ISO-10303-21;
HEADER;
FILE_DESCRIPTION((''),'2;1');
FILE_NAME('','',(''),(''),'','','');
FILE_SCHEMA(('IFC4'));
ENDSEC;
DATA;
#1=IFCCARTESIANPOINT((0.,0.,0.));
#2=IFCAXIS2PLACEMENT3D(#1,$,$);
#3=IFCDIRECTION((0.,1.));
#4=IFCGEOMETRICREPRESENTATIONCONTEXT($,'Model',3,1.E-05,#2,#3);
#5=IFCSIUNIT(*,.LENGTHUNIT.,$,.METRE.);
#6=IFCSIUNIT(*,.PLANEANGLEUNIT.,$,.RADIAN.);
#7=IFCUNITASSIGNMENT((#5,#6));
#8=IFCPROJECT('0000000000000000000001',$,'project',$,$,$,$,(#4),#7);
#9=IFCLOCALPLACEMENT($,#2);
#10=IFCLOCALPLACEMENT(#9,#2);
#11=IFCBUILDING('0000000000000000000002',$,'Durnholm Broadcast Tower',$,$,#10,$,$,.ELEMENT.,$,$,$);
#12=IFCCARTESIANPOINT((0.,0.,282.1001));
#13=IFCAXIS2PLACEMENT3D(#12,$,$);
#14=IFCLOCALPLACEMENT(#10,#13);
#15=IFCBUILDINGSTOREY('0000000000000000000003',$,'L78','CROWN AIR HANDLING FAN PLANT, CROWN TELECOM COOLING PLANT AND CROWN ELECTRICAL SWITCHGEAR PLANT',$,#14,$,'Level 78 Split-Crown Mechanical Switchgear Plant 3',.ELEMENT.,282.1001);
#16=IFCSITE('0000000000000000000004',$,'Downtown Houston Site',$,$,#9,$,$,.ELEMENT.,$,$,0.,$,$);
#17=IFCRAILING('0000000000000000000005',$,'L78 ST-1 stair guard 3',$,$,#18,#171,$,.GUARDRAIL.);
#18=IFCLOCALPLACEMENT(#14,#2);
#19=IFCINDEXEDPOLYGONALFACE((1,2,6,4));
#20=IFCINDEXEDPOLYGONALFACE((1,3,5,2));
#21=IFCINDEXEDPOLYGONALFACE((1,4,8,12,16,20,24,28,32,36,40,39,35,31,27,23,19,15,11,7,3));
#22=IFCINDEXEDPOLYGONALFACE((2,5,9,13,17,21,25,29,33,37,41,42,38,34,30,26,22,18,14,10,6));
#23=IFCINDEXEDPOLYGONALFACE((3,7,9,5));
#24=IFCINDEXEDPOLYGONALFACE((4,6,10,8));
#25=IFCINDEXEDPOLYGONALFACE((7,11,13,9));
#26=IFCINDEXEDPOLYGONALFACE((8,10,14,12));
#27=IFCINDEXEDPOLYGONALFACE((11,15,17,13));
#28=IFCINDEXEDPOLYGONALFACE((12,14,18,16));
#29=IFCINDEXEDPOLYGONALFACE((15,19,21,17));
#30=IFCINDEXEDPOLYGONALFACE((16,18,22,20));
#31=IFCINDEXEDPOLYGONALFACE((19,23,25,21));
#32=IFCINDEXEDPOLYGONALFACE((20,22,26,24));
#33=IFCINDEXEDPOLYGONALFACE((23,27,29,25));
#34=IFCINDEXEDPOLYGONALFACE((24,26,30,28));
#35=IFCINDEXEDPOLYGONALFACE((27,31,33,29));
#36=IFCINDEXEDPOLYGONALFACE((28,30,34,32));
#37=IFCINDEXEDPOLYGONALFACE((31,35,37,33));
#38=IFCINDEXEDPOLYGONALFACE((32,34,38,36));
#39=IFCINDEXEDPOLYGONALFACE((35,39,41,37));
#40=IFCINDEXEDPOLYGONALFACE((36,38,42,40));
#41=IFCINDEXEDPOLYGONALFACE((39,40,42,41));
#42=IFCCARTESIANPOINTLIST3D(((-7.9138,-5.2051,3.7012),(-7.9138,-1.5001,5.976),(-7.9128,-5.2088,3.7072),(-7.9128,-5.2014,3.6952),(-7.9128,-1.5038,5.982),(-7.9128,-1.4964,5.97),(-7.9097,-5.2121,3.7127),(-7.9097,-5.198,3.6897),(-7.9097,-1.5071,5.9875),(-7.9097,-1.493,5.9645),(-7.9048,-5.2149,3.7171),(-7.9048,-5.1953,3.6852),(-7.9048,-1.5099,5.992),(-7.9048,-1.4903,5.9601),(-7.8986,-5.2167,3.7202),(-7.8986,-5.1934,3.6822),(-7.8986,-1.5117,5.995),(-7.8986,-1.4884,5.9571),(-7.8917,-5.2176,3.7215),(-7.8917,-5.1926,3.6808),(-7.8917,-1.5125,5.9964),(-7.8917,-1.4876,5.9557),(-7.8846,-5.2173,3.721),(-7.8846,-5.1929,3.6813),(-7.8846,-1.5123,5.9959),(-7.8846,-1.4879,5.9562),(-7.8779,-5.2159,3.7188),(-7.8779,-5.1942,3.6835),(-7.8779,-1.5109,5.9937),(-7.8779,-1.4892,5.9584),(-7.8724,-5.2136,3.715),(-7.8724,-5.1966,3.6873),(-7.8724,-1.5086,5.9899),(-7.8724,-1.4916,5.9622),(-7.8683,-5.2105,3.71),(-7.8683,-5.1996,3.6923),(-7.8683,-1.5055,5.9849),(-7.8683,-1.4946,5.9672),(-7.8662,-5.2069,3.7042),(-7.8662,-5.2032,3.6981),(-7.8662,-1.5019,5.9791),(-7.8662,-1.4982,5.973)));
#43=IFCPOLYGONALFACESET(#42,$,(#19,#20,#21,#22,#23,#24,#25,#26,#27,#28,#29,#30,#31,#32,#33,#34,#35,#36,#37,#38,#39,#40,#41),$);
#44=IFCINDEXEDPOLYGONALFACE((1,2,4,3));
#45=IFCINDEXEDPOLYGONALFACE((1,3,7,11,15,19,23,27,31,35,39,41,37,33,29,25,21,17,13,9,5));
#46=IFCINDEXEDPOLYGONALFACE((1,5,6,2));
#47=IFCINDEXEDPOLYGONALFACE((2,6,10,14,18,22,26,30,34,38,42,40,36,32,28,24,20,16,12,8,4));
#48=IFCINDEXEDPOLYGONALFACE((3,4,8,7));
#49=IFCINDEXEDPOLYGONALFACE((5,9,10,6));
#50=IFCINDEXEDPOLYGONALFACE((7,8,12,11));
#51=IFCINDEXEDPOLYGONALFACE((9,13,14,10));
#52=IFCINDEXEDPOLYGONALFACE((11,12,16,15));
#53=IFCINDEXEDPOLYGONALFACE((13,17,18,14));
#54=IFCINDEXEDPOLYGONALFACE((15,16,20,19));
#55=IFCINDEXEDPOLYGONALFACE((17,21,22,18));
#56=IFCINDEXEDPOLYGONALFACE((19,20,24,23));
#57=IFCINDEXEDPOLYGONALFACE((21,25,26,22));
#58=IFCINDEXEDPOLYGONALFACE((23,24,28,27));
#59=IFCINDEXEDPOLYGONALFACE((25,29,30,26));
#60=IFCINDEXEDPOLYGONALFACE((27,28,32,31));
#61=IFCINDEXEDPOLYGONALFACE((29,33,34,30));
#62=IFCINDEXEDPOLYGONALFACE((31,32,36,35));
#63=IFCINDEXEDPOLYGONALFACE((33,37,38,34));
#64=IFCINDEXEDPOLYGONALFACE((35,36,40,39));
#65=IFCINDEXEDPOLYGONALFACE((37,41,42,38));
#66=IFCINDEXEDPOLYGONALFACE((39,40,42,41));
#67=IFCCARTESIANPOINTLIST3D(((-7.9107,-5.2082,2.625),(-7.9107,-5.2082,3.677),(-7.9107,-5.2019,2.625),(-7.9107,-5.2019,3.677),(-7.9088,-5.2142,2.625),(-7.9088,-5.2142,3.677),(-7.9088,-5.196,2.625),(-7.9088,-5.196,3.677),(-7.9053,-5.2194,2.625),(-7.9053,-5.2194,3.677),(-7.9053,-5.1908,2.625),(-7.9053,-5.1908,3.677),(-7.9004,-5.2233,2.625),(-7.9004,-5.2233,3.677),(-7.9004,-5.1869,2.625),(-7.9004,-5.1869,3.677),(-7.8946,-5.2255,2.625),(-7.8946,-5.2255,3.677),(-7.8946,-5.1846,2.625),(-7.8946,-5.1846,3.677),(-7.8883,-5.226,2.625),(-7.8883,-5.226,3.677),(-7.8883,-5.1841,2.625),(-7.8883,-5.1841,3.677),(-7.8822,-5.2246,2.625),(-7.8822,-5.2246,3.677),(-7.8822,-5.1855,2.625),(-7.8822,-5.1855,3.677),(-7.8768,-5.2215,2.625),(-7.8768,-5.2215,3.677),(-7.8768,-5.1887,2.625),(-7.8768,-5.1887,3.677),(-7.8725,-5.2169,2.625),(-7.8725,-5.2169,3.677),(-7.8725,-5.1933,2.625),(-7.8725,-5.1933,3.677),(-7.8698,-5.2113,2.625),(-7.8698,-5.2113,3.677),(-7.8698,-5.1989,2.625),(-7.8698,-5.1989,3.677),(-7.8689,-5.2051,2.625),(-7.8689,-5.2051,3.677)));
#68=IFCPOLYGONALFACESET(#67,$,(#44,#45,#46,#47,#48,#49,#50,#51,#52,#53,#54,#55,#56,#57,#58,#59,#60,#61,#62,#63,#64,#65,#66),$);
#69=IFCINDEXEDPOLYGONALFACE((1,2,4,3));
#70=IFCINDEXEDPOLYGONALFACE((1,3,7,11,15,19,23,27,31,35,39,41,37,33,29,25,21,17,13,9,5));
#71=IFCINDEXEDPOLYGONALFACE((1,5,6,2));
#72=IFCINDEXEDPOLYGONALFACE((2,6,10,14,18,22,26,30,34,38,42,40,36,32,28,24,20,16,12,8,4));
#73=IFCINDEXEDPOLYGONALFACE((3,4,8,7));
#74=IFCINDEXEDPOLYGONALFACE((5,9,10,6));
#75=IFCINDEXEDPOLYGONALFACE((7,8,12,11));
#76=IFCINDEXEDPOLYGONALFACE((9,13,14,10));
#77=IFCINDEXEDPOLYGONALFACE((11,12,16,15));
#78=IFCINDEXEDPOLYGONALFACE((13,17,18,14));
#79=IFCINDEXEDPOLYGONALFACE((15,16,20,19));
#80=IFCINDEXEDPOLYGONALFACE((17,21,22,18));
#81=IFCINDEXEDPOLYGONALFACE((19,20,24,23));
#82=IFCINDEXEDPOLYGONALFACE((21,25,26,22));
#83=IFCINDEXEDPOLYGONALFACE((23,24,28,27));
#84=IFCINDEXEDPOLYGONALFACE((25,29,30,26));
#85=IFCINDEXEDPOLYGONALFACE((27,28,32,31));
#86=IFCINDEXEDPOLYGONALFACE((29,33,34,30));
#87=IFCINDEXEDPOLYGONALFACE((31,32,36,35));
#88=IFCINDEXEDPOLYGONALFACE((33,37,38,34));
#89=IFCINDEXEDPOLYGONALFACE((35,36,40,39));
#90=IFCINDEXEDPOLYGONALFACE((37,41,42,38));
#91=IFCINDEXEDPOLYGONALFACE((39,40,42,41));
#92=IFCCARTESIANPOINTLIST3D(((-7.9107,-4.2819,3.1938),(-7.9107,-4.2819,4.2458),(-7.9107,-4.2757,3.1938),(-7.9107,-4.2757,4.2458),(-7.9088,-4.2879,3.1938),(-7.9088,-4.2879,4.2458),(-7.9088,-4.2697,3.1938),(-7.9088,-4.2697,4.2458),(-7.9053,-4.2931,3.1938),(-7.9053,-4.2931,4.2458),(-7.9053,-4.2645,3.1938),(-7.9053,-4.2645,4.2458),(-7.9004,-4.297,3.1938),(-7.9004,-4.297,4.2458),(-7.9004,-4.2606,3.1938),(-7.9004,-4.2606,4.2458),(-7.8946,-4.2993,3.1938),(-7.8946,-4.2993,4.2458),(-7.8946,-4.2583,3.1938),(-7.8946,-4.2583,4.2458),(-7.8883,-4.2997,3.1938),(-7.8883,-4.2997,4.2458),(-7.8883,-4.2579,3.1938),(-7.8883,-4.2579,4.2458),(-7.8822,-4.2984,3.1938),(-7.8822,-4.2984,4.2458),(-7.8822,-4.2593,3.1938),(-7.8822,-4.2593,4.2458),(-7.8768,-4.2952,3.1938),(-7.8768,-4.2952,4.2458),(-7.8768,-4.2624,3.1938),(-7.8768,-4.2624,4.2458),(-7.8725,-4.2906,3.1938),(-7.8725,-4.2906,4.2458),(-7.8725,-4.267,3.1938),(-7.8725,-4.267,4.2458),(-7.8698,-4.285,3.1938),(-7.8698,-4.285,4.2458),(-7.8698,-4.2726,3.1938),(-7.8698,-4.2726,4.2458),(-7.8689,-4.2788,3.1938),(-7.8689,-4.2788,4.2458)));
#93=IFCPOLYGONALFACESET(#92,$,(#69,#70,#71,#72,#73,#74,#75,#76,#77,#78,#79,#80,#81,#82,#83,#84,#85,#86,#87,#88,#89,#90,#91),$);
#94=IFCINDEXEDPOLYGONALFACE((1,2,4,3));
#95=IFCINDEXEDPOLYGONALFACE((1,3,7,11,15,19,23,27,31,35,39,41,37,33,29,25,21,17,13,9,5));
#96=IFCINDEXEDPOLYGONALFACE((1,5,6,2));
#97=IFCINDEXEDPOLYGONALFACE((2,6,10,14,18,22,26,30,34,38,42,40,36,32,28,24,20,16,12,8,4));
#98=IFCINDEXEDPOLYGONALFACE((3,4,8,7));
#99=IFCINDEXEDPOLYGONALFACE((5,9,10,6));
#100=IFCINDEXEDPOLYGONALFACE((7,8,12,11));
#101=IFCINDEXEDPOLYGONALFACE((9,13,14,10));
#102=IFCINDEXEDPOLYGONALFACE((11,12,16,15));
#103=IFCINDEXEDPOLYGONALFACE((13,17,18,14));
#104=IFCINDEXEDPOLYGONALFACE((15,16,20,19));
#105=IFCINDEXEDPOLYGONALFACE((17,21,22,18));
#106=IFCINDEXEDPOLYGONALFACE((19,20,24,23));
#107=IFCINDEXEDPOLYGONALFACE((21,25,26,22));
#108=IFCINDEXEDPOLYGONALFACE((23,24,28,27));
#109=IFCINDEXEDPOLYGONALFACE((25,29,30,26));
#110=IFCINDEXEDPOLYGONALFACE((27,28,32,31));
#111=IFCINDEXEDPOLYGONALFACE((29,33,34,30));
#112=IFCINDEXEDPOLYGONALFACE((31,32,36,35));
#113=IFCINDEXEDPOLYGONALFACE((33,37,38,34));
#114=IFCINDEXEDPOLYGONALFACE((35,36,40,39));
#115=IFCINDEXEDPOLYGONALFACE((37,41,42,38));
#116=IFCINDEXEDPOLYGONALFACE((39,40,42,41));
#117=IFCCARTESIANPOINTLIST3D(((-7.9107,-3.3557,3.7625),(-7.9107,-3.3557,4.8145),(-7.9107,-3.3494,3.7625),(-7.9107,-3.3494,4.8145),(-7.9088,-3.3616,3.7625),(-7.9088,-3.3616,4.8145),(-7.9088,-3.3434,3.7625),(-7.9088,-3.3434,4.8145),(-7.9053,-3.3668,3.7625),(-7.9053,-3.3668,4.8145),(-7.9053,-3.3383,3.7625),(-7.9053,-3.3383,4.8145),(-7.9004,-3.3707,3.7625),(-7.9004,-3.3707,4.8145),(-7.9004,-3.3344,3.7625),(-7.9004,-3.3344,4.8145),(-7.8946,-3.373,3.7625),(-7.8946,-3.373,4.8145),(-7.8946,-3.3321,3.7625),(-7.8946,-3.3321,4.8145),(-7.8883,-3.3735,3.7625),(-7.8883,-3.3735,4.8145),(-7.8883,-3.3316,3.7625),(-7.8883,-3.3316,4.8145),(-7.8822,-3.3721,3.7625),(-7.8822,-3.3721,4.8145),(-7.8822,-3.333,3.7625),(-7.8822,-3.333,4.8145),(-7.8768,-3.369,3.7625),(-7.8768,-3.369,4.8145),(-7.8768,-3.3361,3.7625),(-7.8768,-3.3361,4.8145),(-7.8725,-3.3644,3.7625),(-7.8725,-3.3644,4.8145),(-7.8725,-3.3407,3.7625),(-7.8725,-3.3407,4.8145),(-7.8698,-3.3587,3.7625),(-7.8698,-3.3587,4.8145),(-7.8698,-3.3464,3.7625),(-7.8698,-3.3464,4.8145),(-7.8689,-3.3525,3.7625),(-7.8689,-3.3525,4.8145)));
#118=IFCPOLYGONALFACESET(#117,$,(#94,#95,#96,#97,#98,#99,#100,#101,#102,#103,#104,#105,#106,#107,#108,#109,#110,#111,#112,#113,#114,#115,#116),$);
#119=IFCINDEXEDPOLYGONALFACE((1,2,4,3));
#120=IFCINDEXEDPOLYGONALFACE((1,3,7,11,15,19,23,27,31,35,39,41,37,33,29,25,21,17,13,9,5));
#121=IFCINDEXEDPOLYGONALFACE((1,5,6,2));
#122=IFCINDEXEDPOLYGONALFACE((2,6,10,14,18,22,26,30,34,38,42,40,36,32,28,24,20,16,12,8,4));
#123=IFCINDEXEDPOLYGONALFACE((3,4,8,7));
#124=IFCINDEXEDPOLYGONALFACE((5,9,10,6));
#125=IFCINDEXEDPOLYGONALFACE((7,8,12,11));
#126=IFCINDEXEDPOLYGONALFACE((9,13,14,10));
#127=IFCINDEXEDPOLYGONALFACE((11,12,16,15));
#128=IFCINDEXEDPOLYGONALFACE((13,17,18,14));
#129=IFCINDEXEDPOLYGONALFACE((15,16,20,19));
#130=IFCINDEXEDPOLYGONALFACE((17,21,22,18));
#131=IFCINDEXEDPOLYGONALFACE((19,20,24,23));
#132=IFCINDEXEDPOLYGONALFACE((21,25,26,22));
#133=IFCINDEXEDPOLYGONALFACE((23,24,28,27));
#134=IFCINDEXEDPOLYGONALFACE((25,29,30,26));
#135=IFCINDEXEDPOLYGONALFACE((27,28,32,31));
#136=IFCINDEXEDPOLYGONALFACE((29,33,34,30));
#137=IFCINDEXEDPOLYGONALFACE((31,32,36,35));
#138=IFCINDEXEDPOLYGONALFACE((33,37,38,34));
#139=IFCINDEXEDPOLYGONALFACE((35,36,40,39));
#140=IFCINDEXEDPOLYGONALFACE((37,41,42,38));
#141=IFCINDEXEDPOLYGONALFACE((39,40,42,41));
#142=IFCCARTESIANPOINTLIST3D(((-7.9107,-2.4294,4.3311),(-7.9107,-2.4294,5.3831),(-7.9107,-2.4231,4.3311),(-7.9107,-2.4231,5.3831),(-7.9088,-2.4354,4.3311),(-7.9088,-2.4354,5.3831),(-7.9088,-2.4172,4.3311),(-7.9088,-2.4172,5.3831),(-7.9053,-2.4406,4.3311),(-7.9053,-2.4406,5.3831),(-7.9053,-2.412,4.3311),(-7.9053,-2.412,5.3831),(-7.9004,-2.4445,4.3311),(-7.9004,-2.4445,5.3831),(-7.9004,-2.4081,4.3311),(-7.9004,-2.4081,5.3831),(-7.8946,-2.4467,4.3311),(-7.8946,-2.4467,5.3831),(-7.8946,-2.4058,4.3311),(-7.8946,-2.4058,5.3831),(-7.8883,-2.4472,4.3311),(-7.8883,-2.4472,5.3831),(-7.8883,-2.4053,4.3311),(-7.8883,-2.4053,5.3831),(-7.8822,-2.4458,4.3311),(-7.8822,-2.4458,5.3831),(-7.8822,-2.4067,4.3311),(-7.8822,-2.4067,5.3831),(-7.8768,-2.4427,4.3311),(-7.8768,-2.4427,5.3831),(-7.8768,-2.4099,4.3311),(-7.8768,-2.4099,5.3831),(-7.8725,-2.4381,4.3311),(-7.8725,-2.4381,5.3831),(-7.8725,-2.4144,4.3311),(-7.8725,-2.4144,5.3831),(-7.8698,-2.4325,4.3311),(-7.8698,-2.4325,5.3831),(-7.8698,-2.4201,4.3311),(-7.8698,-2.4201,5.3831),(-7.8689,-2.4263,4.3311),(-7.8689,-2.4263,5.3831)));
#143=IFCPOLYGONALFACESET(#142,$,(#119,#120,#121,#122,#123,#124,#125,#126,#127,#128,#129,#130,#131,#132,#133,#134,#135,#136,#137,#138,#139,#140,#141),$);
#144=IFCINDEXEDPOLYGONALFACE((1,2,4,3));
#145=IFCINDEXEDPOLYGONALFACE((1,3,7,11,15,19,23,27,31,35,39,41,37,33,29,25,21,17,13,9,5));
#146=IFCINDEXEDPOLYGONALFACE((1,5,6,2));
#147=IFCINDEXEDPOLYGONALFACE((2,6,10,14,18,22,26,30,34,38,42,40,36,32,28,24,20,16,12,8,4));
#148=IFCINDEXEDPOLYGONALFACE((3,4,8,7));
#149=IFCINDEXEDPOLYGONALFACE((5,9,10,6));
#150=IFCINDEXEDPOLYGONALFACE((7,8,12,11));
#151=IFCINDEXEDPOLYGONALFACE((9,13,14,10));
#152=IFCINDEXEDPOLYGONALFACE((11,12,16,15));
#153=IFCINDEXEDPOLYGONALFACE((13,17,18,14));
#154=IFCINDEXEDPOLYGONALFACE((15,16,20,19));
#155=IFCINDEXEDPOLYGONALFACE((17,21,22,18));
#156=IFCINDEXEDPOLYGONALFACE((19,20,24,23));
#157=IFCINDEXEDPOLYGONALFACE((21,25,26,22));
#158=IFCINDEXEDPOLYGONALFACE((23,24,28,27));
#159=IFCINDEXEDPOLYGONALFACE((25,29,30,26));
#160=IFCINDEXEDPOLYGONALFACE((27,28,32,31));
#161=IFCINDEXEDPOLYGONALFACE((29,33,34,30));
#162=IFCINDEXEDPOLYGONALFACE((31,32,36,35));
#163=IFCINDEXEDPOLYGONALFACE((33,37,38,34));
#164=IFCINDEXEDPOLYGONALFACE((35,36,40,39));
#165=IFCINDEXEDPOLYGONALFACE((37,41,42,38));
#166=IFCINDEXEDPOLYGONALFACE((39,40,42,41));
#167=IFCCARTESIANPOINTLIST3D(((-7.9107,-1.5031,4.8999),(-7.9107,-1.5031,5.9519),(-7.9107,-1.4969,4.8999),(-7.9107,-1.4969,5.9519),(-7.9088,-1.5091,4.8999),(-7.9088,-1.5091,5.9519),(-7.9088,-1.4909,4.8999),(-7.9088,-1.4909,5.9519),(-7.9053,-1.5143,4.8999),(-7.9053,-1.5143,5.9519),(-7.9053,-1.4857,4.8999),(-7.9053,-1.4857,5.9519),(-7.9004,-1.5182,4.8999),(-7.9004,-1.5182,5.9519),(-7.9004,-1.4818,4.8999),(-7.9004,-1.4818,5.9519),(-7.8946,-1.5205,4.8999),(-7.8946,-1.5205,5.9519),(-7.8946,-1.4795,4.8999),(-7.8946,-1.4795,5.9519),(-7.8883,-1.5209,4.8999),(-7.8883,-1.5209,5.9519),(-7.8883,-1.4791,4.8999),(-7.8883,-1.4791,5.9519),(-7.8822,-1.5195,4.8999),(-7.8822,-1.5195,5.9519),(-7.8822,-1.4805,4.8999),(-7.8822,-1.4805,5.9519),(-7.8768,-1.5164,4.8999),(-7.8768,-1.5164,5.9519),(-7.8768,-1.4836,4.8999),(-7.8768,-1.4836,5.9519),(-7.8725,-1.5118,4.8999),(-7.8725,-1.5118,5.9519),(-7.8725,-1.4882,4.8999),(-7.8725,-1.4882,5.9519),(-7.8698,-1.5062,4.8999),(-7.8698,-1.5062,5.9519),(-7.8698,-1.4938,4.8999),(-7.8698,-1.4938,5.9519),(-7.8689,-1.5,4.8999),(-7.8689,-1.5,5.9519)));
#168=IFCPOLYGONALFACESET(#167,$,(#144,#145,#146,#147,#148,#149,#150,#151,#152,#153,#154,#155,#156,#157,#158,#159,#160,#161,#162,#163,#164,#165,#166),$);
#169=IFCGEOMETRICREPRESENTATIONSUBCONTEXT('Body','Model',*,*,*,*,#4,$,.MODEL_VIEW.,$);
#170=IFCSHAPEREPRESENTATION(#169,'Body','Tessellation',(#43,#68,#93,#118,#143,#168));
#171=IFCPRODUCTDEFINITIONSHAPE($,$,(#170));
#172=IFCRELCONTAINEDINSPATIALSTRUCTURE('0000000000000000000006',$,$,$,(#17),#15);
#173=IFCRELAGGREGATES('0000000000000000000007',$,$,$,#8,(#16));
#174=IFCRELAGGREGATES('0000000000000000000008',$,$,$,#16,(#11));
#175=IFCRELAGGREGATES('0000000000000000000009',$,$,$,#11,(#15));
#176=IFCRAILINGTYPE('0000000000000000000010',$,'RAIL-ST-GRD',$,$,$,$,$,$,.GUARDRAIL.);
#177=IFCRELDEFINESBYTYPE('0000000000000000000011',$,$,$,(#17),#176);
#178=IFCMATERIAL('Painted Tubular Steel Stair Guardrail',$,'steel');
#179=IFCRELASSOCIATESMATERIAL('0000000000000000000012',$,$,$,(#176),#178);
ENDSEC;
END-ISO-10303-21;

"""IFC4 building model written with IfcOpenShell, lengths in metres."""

from ifc_helpers import new_model, si_unit, direction, frame, origin, origin_2d, place, context, subcontext, project, spatial, circle, extrude, material, type_object, element, save


model = new_model("IFC4")

# Units and contexts
model_context = context("Model", 3, precision=1e-05, world=origin(), true_north=direction((0.0, 1.0)))
body_context = subcontext(model_context, "Body", "Model", "MODEL_VIEW")
ifc_project = project(units=[si_unit("LENGTHUNIT", "METRE"), si_unit("PLANEANGLEUNIT", "RADIAN")], contexts=[model_context])

# Site, building, storey
site_placement = place(None, origin())
site = spatial("IfcSite", under=ifc_project, at=site_placement, Name="Downtown Houston Site", CompositionType="ELEMENT", RefElevation=0.0)
building_placement = place(site_placement, origin())
building = spatial("IfcBuilding", under=site, at=building_placement, Name="Durnholm Broadcast Tower", CompositionType="ELEMENT")
storey_placement = place(building_placement, frame((0.0, 0.0, 282.1001)))
storey = spatial("IfcBuildingStorey", under=building, at=storey_placement, Name="L78", Description="CROWN AIR HANDLING FAN PLANT, CROWN TELECOM COOLING PLANT AND CROWN ELECTRICAL SWITCHGEAR PLANT", LongName="Level 78 Split-Crown Mechanical Switchgear Plant 3", CompositionType="ELEMENT", Elevation=282.1001)

# Railing
ifc_material_1 = material(Name="Painted Tubular Steel Stair Guardrail", Category="steel")
railing_type_1 = type_object("IfcRailingType", Name="RAIL-ST-GRD", PredefinedType="GUARDRAIL", material=ifc_material_1)
railing_1_placement = place(storey_placement, frame((-7.8899, -5.2051, 2.625)))
element("IfcRailing", 1, at=railing_1_placement, inside=storey, type_object=railing_type_1, Name="L78 ST-1 stair guard 3", PredefinedType="GUARDRAIL", context=body_context, shape_type="SweptSolid", body=[
    extrude(circle(Radius=0.0239, at=origin_2d()), frame((0.0, 0.0, 1.0762), z_axis=(0.0, 0.852186, 0.523239), x_axis=(-1.0, 0.0, 0.0)), (0.0, 0.0, 1.0), 4.3477),
    extrude(circle(Radius=0.021, at=origin_2d()), origin(), (0.0, 0.0, 1.0), 1.052),
    extrude(circle(Radius=0.021, at=origin_2d()), frame((0.0, 0.9263, 0.5688)), (0.0, 0.0, 1.0), 1.052),
    extrude(circle(Radius=0.021, at=origin_2d()), frame((0.0, 1.8525, 1.1375)), (0.0, 0.0, 1.0), 1.052),
    extrude(circle(Radius=0.021, at=origin_2d()), frame((0.0, 2.7788, 1.7061)), (0.0, 0.0, 1.0), 1.052),
    extrude(circle(Radius=0.021, at=origin_2d()), frame((0.0, 3.7051, 2.2749)), (0.0, 0.0, 1.0), 1.052),
])

save(model, "model.ifc")
